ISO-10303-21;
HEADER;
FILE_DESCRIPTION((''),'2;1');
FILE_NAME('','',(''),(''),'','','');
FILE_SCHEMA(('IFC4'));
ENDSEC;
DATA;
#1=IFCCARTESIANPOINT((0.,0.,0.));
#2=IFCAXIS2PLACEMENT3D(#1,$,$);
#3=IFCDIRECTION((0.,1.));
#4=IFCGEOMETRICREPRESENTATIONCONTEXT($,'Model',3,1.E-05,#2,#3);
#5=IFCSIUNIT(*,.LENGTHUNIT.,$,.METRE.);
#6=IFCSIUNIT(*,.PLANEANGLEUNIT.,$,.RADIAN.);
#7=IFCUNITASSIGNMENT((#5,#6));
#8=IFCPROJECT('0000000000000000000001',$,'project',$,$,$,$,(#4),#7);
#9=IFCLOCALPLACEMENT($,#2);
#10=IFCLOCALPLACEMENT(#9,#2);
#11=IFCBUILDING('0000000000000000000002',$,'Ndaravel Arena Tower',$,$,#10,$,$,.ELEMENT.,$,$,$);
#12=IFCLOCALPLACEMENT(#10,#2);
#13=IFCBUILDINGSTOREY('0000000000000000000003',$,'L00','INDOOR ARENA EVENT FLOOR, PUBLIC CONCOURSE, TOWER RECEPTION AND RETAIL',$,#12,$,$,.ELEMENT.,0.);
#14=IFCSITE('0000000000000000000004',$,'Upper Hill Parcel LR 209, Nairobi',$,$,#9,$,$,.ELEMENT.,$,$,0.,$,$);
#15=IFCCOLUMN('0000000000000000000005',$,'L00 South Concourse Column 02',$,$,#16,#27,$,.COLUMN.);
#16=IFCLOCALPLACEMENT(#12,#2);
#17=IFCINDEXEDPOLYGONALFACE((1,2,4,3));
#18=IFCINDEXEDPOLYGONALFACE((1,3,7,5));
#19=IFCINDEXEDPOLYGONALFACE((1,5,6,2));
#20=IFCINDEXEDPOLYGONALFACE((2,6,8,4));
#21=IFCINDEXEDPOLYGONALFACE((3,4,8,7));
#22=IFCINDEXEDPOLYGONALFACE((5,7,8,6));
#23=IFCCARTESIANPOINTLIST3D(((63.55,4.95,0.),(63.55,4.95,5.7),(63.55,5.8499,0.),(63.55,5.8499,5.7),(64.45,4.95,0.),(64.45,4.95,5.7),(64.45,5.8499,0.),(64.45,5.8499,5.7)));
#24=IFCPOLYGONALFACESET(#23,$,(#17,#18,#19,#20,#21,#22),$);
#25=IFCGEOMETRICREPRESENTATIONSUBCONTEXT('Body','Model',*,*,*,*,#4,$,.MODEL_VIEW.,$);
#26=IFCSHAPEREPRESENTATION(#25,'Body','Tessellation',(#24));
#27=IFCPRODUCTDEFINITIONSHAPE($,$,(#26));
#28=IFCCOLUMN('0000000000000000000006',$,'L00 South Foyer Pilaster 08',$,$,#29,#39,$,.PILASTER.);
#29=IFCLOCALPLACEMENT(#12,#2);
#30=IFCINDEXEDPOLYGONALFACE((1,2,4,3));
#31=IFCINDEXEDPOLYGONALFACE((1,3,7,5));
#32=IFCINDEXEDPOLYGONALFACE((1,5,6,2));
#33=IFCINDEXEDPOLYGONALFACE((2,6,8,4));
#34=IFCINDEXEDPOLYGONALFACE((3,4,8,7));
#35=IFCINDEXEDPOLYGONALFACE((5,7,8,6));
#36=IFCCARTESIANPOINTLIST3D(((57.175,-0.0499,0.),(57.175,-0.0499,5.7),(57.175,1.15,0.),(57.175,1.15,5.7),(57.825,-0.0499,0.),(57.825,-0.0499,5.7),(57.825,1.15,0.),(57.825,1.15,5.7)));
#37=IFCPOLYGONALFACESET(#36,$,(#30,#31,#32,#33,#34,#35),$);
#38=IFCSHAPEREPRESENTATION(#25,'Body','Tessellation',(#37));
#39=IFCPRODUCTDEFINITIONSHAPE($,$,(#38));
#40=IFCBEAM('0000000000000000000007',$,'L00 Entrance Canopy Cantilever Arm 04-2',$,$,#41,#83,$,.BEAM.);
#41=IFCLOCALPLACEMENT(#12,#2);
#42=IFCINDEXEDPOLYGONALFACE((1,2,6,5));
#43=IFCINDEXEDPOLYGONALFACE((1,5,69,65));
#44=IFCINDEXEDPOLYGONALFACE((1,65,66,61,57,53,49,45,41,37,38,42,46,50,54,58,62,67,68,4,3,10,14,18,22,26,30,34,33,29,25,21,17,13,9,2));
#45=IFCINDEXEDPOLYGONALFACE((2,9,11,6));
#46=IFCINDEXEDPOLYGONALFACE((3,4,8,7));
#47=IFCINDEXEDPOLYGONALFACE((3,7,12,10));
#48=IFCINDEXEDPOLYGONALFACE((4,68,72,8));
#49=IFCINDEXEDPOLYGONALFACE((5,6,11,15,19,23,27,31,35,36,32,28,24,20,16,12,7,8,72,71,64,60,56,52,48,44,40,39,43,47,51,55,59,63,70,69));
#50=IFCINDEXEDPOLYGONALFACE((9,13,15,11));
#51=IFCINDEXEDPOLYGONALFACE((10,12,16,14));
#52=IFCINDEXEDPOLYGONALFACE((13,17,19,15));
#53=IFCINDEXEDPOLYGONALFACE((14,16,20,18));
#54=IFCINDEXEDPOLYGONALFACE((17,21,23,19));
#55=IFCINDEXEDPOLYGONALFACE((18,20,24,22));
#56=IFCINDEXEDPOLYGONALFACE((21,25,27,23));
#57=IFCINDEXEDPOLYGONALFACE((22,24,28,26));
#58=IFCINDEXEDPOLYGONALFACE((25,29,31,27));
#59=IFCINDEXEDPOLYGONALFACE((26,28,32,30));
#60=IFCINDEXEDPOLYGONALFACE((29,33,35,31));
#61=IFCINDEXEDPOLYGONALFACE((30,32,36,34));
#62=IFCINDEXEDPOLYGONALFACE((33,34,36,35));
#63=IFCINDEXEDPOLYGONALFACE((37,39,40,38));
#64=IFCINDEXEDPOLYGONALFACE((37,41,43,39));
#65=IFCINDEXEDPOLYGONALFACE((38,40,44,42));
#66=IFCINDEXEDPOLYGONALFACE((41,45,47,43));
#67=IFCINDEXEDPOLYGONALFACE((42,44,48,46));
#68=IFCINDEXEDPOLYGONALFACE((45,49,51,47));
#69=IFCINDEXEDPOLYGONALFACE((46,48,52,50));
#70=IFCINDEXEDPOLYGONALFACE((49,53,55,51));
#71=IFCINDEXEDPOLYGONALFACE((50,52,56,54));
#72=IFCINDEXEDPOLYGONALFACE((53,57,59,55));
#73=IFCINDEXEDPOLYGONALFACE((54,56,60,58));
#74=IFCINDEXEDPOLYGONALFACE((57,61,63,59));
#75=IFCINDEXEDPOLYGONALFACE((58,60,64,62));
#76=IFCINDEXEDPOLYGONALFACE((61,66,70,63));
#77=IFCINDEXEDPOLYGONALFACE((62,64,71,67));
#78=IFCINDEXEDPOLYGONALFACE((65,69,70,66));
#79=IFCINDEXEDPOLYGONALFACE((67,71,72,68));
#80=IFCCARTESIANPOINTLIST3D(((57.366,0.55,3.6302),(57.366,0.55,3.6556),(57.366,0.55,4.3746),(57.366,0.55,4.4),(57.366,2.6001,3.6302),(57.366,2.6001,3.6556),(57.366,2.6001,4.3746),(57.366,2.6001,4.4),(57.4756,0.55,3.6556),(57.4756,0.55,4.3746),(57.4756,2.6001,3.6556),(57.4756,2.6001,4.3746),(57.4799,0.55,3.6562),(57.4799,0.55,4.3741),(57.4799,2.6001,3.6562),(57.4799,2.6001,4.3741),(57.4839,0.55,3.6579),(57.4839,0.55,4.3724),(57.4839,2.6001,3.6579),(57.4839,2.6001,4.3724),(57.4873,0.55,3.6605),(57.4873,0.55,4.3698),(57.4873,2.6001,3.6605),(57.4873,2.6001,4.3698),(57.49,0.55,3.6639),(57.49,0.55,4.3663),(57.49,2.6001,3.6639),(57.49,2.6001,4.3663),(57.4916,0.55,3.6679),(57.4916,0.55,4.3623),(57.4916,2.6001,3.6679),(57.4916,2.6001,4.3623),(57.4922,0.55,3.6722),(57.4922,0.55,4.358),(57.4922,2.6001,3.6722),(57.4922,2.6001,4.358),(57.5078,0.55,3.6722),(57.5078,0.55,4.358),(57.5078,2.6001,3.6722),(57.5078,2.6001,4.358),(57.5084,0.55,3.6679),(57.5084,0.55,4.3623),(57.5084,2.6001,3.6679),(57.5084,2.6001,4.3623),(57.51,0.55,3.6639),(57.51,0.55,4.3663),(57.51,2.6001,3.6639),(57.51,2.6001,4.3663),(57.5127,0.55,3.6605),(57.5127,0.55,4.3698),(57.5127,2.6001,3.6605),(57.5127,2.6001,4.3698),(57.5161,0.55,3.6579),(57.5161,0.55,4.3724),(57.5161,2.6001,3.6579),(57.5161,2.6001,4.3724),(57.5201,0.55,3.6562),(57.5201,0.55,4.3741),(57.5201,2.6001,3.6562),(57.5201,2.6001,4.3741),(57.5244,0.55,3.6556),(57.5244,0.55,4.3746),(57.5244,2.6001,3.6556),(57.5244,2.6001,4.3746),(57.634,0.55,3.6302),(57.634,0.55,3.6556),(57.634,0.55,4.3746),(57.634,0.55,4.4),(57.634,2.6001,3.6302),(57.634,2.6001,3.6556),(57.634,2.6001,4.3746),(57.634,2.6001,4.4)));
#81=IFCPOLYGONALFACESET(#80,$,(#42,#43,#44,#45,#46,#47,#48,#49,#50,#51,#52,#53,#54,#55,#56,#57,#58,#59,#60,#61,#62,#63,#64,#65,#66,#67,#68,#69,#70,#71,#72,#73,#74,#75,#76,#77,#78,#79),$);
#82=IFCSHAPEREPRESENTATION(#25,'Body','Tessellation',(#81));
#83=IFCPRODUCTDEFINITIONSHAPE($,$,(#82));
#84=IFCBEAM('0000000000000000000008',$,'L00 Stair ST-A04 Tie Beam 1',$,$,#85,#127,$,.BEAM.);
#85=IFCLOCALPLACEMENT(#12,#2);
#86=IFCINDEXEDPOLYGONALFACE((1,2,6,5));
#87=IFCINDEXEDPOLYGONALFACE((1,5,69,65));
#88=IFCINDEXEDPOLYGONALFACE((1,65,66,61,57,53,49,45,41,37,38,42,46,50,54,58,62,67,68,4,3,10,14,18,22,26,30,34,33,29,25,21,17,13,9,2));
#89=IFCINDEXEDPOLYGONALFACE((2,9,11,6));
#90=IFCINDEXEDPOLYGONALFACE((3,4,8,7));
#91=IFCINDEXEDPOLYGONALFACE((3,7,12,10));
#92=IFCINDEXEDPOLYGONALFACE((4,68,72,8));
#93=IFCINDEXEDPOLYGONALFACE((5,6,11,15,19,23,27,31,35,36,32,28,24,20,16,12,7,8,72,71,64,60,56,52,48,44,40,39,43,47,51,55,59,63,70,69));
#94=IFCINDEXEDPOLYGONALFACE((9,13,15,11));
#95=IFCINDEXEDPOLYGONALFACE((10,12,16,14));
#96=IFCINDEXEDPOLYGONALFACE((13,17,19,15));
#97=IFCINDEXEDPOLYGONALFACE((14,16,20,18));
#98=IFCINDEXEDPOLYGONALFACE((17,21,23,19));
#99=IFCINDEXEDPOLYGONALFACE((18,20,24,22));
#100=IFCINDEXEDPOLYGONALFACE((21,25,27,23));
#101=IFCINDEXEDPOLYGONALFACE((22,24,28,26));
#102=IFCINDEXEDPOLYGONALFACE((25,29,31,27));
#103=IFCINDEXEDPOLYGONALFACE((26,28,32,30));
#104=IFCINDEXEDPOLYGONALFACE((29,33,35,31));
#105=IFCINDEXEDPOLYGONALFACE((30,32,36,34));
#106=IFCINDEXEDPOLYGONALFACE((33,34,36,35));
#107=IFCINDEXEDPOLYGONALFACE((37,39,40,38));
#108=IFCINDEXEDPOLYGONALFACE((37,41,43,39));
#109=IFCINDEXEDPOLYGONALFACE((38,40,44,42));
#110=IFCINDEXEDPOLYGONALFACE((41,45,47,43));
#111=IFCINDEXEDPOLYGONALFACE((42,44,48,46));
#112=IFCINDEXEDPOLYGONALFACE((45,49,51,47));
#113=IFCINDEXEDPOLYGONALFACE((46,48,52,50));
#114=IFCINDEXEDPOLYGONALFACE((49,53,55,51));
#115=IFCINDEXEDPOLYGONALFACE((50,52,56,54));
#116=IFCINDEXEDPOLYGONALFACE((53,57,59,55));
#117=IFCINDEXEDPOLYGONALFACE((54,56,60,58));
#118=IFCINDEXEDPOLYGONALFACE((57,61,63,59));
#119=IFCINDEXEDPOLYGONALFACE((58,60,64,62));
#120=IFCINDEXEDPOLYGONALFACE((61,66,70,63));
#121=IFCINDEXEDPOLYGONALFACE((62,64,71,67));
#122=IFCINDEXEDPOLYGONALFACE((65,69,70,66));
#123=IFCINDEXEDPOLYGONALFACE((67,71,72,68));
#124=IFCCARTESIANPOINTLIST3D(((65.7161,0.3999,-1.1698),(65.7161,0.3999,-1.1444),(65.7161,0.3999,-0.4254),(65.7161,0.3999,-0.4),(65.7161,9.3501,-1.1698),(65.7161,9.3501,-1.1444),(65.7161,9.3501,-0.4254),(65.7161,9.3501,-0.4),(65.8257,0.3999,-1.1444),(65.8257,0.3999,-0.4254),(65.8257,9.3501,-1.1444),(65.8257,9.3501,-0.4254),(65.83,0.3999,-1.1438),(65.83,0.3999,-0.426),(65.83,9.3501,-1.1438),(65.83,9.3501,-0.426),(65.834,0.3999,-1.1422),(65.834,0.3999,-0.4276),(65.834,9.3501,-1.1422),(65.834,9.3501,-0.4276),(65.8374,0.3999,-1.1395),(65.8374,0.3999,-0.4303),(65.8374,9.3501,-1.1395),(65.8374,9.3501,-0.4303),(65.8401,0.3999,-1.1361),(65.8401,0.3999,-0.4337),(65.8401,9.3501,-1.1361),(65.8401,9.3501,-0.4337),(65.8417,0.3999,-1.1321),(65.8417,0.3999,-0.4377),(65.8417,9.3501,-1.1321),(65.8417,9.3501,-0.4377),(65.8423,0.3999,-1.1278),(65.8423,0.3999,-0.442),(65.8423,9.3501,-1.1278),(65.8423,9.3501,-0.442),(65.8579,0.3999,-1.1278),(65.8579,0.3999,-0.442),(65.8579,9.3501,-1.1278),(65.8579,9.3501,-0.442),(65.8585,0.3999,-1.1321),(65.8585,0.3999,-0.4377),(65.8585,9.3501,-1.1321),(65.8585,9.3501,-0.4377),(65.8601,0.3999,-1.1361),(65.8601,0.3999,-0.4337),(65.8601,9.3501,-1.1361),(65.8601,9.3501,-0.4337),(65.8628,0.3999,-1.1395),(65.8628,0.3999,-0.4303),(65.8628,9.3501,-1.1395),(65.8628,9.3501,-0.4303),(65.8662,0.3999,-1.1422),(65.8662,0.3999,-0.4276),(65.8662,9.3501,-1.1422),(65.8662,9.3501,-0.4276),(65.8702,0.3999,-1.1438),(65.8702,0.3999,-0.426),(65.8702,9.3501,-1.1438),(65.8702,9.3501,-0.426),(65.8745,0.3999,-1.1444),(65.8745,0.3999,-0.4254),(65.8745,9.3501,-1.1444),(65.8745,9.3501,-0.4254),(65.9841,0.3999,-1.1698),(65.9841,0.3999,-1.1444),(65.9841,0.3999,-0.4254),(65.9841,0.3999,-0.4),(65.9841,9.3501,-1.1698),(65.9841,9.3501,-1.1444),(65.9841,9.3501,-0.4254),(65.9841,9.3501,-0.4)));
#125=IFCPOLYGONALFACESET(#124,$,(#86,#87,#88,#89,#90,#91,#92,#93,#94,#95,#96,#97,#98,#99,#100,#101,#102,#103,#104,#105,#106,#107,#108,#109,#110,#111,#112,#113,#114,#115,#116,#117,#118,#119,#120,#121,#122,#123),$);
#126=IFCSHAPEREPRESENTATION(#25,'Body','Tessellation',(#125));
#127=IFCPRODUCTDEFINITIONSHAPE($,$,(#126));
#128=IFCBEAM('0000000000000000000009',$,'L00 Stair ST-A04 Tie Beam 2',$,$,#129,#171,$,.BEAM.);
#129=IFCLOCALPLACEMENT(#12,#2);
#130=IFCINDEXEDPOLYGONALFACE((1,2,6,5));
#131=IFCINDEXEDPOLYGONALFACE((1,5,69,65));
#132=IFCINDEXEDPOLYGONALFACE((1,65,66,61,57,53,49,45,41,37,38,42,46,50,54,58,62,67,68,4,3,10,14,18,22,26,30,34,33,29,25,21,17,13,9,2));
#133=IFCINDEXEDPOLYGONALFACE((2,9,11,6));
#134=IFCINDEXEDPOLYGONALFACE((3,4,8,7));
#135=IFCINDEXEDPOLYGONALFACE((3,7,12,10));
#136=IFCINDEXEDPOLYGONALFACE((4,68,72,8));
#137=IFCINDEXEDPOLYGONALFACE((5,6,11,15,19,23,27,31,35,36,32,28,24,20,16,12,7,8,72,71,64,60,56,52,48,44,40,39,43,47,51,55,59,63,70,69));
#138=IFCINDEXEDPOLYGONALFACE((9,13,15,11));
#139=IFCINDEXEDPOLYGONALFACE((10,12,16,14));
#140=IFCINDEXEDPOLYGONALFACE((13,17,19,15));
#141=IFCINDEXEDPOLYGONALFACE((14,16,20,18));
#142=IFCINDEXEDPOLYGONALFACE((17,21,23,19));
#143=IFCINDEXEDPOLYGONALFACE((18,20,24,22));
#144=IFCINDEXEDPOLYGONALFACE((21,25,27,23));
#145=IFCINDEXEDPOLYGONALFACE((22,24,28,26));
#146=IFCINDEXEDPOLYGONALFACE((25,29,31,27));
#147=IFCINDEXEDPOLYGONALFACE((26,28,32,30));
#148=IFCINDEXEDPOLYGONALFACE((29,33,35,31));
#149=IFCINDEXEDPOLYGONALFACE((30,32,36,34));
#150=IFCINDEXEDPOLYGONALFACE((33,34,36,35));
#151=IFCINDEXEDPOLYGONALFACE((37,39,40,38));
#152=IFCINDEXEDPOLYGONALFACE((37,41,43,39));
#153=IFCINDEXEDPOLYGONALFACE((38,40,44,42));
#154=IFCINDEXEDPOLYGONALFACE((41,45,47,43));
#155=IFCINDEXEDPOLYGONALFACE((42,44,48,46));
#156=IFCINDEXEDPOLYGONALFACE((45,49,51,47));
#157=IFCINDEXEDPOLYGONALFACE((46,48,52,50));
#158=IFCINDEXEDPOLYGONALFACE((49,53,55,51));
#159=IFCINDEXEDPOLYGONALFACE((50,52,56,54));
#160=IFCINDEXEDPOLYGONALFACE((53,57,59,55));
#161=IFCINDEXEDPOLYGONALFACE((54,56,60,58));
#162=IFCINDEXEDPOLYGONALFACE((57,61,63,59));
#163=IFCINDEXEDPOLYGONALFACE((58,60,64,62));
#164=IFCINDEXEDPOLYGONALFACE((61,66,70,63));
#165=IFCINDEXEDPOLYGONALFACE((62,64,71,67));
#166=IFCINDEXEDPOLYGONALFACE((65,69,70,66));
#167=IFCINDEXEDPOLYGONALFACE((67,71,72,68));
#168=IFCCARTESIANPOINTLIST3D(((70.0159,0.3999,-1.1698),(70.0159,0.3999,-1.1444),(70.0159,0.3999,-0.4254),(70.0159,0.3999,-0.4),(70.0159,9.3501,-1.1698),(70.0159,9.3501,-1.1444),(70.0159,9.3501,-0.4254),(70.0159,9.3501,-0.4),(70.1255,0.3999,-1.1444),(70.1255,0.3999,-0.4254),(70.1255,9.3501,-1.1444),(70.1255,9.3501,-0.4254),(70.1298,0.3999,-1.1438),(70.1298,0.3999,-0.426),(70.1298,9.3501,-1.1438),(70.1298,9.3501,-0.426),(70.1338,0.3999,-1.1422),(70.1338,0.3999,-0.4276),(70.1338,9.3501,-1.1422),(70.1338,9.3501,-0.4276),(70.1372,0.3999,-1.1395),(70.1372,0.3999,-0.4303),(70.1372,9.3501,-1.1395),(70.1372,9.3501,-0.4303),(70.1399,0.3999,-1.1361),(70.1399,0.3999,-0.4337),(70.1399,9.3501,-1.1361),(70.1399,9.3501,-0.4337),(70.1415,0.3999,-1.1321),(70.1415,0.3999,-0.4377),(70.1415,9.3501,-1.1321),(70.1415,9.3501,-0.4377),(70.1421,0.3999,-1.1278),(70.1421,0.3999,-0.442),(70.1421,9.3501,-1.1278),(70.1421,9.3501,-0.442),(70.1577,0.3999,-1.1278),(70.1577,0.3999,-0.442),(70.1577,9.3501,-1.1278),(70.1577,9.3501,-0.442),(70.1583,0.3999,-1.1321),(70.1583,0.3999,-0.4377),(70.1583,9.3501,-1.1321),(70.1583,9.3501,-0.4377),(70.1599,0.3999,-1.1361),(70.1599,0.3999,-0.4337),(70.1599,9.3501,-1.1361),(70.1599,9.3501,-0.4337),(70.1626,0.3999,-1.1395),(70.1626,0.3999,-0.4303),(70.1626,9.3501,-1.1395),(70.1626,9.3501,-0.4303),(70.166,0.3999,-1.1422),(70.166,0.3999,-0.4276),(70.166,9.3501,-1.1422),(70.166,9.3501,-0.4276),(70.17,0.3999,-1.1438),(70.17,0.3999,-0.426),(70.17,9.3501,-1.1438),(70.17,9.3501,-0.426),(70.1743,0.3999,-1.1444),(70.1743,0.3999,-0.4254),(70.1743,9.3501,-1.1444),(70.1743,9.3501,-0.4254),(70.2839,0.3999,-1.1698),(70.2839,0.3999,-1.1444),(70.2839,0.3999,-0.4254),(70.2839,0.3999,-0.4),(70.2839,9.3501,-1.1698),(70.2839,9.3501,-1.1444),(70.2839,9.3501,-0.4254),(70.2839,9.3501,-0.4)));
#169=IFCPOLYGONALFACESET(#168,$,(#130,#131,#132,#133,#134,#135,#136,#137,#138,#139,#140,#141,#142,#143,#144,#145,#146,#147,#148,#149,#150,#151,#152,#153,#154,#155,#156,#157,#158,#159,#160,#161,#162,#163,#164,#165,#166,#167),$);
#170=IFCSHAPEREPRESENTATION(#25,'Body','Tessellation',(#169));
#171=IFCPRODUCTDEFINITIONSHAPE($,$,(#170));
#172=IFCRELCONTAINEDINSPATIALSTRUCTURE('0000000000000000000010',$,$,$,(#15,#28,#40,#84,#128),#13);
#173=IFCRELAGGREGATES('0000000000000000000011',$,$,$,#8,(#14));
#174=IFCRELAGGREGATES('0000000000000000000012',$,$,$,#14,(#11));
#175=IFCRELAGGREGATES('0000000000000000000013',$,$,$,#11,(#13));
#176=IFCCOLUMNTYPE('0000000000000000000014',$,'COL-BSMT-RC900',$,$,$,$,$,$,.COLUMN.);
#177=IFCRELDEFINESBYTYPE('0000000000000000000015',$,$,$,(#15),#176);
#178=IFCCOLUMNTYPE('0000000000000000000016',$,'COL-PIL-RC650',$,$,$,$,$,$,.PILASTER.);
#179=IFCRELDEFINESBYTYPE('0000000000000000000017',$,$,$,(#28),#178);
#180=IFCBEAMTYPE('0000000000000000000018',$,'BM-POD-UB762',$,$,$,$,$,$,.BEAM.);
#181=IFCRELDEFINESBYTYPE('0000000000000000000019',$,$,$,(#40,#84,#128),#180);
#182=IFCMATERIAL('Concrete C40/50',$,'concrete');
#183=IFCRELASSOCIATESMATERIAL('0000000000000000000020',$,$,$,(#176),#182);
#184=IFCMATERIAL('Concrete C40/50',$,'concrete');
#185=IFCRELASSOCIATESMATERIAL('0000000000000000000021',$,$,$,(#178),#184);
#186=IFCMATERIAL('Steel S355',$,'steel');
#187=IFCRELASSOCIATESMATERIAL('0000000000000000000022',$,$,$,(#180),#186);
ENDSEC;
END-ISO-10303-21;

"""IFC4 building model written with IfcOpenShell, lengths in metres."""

from ifc_helpers import new_model, si_unit, direction, frame, origin, origin_2d, place, context, subcontext, project, spatial, rectangle, i_section, extrude, material, material_profile, profile_set, type_object, element, save


model = new_model("IFC4")

# Units and contexts
model_context = context("Model", 3, precision=1e-05, world=origin(), true_north=direction((0.0, 1.0)))
body_context = subcontext(model_context, "Body", "Model", "MODEL_VIEW")
ifc_project = project(units=[si_unit("LENGTHUNIT", "METRE"), si_unit("PLANEANGLEUNIT", "RADIAN")], contexts=[model_context])

# Site, building, storey
site_placement = place(None, origin())
site = spatial("IfcSite", under=ifc_project, at=site_placement, Name="Upper Hill Parcel LR 209, Nairobi", CompositionType="ELEMENT", RefElevation=0.0)
building_placement = place(site_placement, origin())
building = spatial("IfcBuilding", under=site, at=building_placement, Name="Ndaravel Arena Tower", CompositionType="ELEMENT")
storey_placement = place(building_placement, origin())
storey = spatial("IfcBuildingStorey", under=building, at=storey_placement, Name="L00", Description="INDOOR ARENA EVENT FLOOR, PUBLIC CONCOURSE, TOWER RECEPTION AND RETAIL", CompositionType="ELEMENT", Elevation=0.0)

# Columns
ifc_material_1 = material(Name="Concrete C40/50", Category="concrete")
ifc_material_profile_1 = material_profile(ifc_material_1, rectangle(XDim=0.8999, YDim=0.8999, at=origin_2d()), Name="RC 900x900")
ifc_profile_set_1 = profile_set([ifc_material_profile_1], Name="Concrete C40/50")
column_type_1 = type_object("IfcColumnType", Name="COL-BSMT-RC900", PredefinedType="COLUMN", material=ifc_profile_set_1)
column_1_placement = place(storey_placement, frame((64.0, 5.3999, 0.0), z_axis=(0.0, 0.0, 1.0), x_axis=(1.0, 0.0, 0.0)))
element("IfcColumn", 1, at=column_1_placement, inside=storey, type_object=column_type_1, Name="L00 South Concourse Column 02", PredefinedType="COLUMN", context=body_context, shape_type="SweptSolid", body=[
    extrude(rectangle(XDim=0.8999, YDim=0.8999, at=origin_2d()), origin(), (0.0, 0.0, 1.0), 5.7),
])
ifc_material_2 = material(Name="Concrete C40/50", Category="concrete")
ifc_material_profile_2 = material_profile(ifc_material_2, rectangle(XDim=0.6499, YDim=1.2, at=origin_2d()), Name="RC 650x1200")
ifc_profile_set_2 = profile_set([ifc_material_profile_2], Name="Concrete C40/50")
column_type_2 = type_object("IfcColumnType", Name="COL-PIL-RC650", PredefinedType="PILASTER", material=ifc_profile_set_2)
column_2_placement = place(storey_placement, frame((57.5, 0.55, 0.0), z_axis=(0.0, 0.0, 1.0), x_axis=(1.0, 0.0, 0.0)))
element("IfcColumn", 2, at=column_2_placement, inside=storey, type_object=column_type_2, Name="L00 South Foyer Pilaster 08", PredefinedType="PILASTER", context=body_context, shape_type="SweptSolid", body=[
    extrude(rectangle(XDim=0.6499, YDim=1.2, at=origin_2d()), origin(), (0.0, 0.0, 1.0), 5.7),
])

# Beams
ifc_material_3 = material(Name="Steel S355", Category="steel")
ifc_material_profile_3 = material_profile(ifc_material_3, i_section(OverallWidth=0.2681, OverallDepth=0.7698, WebThickness=0.0156, FlangeThickness=0.0254, FilletRadius=0.0166, at=origin_2d()), Name="UB 762x267x197")
ifc_profile_set_3 = profile_set([ifc_material_profile_3], Name="Steel S355")
beam_type = type_object("IfcBeamType", Name="BM-POD-UB762", PredefinedType="BEAM", material=ifc_profile_set_3)
beam_placement = place(storey_placement, frame((57.5, 0.55, 4.0151), z_axis=(0.0, 1.0, 0.0), x_axis=(-1.0, 0.0, 0.0)))
element("IfcBeam", 3, at=beam_placement, inside=storey, type_object=beam_type, Name="L00 Entrance Canopy Cantilever Arm 04-2", PredefinedType="BEAM", context=body_context, shape_type="SweptSolid", body=[
    extrude(i_section(OverallWidth=0.2681, OverallDepth=0.7698, WebThickness=0.0156, FlangeThickness=0.0254, FilletRadius=0.0166, at=origin_2d()), origin(), (0.0, 0.0, 1.0), 2.05),
])
for number, where, z_axis, x_axis, name in (
    (4, (65.8501, 0.3999, -0.7849), (0.0, 1.0, 0.0), (-1.0, 0.0, 0.0), "L00 Stair ST-A04 Tie Beam 1"),
    (5, (70.1499, 0.3999, -0.7849), (0.0, 1.0, 0.0), (-1.0, 0.0, 0.0), "L00 Stair ST-A04 Tie Beam 2"),
):
    element("IfcBeam", number, at=place(storey_placement, frame(where, z_axis=z_axis, x_axis=x_axis)), inside=storey, type_object=beam_type, Name=name, PredefinedType="BEAM", context=body_context, shape_type="SweptSolid", body=[
        extrude(i_section(OverallWidth=0.2681, OverallDepth=0.7698, WebThickness=0.0156, FlangeThickness=0.0254, FilletRadius=0.0166, at=origin_2d()), origin(), (0.0, 0.0, 1.0), 8.9502),
    ])

save(model, "model.ifc")
